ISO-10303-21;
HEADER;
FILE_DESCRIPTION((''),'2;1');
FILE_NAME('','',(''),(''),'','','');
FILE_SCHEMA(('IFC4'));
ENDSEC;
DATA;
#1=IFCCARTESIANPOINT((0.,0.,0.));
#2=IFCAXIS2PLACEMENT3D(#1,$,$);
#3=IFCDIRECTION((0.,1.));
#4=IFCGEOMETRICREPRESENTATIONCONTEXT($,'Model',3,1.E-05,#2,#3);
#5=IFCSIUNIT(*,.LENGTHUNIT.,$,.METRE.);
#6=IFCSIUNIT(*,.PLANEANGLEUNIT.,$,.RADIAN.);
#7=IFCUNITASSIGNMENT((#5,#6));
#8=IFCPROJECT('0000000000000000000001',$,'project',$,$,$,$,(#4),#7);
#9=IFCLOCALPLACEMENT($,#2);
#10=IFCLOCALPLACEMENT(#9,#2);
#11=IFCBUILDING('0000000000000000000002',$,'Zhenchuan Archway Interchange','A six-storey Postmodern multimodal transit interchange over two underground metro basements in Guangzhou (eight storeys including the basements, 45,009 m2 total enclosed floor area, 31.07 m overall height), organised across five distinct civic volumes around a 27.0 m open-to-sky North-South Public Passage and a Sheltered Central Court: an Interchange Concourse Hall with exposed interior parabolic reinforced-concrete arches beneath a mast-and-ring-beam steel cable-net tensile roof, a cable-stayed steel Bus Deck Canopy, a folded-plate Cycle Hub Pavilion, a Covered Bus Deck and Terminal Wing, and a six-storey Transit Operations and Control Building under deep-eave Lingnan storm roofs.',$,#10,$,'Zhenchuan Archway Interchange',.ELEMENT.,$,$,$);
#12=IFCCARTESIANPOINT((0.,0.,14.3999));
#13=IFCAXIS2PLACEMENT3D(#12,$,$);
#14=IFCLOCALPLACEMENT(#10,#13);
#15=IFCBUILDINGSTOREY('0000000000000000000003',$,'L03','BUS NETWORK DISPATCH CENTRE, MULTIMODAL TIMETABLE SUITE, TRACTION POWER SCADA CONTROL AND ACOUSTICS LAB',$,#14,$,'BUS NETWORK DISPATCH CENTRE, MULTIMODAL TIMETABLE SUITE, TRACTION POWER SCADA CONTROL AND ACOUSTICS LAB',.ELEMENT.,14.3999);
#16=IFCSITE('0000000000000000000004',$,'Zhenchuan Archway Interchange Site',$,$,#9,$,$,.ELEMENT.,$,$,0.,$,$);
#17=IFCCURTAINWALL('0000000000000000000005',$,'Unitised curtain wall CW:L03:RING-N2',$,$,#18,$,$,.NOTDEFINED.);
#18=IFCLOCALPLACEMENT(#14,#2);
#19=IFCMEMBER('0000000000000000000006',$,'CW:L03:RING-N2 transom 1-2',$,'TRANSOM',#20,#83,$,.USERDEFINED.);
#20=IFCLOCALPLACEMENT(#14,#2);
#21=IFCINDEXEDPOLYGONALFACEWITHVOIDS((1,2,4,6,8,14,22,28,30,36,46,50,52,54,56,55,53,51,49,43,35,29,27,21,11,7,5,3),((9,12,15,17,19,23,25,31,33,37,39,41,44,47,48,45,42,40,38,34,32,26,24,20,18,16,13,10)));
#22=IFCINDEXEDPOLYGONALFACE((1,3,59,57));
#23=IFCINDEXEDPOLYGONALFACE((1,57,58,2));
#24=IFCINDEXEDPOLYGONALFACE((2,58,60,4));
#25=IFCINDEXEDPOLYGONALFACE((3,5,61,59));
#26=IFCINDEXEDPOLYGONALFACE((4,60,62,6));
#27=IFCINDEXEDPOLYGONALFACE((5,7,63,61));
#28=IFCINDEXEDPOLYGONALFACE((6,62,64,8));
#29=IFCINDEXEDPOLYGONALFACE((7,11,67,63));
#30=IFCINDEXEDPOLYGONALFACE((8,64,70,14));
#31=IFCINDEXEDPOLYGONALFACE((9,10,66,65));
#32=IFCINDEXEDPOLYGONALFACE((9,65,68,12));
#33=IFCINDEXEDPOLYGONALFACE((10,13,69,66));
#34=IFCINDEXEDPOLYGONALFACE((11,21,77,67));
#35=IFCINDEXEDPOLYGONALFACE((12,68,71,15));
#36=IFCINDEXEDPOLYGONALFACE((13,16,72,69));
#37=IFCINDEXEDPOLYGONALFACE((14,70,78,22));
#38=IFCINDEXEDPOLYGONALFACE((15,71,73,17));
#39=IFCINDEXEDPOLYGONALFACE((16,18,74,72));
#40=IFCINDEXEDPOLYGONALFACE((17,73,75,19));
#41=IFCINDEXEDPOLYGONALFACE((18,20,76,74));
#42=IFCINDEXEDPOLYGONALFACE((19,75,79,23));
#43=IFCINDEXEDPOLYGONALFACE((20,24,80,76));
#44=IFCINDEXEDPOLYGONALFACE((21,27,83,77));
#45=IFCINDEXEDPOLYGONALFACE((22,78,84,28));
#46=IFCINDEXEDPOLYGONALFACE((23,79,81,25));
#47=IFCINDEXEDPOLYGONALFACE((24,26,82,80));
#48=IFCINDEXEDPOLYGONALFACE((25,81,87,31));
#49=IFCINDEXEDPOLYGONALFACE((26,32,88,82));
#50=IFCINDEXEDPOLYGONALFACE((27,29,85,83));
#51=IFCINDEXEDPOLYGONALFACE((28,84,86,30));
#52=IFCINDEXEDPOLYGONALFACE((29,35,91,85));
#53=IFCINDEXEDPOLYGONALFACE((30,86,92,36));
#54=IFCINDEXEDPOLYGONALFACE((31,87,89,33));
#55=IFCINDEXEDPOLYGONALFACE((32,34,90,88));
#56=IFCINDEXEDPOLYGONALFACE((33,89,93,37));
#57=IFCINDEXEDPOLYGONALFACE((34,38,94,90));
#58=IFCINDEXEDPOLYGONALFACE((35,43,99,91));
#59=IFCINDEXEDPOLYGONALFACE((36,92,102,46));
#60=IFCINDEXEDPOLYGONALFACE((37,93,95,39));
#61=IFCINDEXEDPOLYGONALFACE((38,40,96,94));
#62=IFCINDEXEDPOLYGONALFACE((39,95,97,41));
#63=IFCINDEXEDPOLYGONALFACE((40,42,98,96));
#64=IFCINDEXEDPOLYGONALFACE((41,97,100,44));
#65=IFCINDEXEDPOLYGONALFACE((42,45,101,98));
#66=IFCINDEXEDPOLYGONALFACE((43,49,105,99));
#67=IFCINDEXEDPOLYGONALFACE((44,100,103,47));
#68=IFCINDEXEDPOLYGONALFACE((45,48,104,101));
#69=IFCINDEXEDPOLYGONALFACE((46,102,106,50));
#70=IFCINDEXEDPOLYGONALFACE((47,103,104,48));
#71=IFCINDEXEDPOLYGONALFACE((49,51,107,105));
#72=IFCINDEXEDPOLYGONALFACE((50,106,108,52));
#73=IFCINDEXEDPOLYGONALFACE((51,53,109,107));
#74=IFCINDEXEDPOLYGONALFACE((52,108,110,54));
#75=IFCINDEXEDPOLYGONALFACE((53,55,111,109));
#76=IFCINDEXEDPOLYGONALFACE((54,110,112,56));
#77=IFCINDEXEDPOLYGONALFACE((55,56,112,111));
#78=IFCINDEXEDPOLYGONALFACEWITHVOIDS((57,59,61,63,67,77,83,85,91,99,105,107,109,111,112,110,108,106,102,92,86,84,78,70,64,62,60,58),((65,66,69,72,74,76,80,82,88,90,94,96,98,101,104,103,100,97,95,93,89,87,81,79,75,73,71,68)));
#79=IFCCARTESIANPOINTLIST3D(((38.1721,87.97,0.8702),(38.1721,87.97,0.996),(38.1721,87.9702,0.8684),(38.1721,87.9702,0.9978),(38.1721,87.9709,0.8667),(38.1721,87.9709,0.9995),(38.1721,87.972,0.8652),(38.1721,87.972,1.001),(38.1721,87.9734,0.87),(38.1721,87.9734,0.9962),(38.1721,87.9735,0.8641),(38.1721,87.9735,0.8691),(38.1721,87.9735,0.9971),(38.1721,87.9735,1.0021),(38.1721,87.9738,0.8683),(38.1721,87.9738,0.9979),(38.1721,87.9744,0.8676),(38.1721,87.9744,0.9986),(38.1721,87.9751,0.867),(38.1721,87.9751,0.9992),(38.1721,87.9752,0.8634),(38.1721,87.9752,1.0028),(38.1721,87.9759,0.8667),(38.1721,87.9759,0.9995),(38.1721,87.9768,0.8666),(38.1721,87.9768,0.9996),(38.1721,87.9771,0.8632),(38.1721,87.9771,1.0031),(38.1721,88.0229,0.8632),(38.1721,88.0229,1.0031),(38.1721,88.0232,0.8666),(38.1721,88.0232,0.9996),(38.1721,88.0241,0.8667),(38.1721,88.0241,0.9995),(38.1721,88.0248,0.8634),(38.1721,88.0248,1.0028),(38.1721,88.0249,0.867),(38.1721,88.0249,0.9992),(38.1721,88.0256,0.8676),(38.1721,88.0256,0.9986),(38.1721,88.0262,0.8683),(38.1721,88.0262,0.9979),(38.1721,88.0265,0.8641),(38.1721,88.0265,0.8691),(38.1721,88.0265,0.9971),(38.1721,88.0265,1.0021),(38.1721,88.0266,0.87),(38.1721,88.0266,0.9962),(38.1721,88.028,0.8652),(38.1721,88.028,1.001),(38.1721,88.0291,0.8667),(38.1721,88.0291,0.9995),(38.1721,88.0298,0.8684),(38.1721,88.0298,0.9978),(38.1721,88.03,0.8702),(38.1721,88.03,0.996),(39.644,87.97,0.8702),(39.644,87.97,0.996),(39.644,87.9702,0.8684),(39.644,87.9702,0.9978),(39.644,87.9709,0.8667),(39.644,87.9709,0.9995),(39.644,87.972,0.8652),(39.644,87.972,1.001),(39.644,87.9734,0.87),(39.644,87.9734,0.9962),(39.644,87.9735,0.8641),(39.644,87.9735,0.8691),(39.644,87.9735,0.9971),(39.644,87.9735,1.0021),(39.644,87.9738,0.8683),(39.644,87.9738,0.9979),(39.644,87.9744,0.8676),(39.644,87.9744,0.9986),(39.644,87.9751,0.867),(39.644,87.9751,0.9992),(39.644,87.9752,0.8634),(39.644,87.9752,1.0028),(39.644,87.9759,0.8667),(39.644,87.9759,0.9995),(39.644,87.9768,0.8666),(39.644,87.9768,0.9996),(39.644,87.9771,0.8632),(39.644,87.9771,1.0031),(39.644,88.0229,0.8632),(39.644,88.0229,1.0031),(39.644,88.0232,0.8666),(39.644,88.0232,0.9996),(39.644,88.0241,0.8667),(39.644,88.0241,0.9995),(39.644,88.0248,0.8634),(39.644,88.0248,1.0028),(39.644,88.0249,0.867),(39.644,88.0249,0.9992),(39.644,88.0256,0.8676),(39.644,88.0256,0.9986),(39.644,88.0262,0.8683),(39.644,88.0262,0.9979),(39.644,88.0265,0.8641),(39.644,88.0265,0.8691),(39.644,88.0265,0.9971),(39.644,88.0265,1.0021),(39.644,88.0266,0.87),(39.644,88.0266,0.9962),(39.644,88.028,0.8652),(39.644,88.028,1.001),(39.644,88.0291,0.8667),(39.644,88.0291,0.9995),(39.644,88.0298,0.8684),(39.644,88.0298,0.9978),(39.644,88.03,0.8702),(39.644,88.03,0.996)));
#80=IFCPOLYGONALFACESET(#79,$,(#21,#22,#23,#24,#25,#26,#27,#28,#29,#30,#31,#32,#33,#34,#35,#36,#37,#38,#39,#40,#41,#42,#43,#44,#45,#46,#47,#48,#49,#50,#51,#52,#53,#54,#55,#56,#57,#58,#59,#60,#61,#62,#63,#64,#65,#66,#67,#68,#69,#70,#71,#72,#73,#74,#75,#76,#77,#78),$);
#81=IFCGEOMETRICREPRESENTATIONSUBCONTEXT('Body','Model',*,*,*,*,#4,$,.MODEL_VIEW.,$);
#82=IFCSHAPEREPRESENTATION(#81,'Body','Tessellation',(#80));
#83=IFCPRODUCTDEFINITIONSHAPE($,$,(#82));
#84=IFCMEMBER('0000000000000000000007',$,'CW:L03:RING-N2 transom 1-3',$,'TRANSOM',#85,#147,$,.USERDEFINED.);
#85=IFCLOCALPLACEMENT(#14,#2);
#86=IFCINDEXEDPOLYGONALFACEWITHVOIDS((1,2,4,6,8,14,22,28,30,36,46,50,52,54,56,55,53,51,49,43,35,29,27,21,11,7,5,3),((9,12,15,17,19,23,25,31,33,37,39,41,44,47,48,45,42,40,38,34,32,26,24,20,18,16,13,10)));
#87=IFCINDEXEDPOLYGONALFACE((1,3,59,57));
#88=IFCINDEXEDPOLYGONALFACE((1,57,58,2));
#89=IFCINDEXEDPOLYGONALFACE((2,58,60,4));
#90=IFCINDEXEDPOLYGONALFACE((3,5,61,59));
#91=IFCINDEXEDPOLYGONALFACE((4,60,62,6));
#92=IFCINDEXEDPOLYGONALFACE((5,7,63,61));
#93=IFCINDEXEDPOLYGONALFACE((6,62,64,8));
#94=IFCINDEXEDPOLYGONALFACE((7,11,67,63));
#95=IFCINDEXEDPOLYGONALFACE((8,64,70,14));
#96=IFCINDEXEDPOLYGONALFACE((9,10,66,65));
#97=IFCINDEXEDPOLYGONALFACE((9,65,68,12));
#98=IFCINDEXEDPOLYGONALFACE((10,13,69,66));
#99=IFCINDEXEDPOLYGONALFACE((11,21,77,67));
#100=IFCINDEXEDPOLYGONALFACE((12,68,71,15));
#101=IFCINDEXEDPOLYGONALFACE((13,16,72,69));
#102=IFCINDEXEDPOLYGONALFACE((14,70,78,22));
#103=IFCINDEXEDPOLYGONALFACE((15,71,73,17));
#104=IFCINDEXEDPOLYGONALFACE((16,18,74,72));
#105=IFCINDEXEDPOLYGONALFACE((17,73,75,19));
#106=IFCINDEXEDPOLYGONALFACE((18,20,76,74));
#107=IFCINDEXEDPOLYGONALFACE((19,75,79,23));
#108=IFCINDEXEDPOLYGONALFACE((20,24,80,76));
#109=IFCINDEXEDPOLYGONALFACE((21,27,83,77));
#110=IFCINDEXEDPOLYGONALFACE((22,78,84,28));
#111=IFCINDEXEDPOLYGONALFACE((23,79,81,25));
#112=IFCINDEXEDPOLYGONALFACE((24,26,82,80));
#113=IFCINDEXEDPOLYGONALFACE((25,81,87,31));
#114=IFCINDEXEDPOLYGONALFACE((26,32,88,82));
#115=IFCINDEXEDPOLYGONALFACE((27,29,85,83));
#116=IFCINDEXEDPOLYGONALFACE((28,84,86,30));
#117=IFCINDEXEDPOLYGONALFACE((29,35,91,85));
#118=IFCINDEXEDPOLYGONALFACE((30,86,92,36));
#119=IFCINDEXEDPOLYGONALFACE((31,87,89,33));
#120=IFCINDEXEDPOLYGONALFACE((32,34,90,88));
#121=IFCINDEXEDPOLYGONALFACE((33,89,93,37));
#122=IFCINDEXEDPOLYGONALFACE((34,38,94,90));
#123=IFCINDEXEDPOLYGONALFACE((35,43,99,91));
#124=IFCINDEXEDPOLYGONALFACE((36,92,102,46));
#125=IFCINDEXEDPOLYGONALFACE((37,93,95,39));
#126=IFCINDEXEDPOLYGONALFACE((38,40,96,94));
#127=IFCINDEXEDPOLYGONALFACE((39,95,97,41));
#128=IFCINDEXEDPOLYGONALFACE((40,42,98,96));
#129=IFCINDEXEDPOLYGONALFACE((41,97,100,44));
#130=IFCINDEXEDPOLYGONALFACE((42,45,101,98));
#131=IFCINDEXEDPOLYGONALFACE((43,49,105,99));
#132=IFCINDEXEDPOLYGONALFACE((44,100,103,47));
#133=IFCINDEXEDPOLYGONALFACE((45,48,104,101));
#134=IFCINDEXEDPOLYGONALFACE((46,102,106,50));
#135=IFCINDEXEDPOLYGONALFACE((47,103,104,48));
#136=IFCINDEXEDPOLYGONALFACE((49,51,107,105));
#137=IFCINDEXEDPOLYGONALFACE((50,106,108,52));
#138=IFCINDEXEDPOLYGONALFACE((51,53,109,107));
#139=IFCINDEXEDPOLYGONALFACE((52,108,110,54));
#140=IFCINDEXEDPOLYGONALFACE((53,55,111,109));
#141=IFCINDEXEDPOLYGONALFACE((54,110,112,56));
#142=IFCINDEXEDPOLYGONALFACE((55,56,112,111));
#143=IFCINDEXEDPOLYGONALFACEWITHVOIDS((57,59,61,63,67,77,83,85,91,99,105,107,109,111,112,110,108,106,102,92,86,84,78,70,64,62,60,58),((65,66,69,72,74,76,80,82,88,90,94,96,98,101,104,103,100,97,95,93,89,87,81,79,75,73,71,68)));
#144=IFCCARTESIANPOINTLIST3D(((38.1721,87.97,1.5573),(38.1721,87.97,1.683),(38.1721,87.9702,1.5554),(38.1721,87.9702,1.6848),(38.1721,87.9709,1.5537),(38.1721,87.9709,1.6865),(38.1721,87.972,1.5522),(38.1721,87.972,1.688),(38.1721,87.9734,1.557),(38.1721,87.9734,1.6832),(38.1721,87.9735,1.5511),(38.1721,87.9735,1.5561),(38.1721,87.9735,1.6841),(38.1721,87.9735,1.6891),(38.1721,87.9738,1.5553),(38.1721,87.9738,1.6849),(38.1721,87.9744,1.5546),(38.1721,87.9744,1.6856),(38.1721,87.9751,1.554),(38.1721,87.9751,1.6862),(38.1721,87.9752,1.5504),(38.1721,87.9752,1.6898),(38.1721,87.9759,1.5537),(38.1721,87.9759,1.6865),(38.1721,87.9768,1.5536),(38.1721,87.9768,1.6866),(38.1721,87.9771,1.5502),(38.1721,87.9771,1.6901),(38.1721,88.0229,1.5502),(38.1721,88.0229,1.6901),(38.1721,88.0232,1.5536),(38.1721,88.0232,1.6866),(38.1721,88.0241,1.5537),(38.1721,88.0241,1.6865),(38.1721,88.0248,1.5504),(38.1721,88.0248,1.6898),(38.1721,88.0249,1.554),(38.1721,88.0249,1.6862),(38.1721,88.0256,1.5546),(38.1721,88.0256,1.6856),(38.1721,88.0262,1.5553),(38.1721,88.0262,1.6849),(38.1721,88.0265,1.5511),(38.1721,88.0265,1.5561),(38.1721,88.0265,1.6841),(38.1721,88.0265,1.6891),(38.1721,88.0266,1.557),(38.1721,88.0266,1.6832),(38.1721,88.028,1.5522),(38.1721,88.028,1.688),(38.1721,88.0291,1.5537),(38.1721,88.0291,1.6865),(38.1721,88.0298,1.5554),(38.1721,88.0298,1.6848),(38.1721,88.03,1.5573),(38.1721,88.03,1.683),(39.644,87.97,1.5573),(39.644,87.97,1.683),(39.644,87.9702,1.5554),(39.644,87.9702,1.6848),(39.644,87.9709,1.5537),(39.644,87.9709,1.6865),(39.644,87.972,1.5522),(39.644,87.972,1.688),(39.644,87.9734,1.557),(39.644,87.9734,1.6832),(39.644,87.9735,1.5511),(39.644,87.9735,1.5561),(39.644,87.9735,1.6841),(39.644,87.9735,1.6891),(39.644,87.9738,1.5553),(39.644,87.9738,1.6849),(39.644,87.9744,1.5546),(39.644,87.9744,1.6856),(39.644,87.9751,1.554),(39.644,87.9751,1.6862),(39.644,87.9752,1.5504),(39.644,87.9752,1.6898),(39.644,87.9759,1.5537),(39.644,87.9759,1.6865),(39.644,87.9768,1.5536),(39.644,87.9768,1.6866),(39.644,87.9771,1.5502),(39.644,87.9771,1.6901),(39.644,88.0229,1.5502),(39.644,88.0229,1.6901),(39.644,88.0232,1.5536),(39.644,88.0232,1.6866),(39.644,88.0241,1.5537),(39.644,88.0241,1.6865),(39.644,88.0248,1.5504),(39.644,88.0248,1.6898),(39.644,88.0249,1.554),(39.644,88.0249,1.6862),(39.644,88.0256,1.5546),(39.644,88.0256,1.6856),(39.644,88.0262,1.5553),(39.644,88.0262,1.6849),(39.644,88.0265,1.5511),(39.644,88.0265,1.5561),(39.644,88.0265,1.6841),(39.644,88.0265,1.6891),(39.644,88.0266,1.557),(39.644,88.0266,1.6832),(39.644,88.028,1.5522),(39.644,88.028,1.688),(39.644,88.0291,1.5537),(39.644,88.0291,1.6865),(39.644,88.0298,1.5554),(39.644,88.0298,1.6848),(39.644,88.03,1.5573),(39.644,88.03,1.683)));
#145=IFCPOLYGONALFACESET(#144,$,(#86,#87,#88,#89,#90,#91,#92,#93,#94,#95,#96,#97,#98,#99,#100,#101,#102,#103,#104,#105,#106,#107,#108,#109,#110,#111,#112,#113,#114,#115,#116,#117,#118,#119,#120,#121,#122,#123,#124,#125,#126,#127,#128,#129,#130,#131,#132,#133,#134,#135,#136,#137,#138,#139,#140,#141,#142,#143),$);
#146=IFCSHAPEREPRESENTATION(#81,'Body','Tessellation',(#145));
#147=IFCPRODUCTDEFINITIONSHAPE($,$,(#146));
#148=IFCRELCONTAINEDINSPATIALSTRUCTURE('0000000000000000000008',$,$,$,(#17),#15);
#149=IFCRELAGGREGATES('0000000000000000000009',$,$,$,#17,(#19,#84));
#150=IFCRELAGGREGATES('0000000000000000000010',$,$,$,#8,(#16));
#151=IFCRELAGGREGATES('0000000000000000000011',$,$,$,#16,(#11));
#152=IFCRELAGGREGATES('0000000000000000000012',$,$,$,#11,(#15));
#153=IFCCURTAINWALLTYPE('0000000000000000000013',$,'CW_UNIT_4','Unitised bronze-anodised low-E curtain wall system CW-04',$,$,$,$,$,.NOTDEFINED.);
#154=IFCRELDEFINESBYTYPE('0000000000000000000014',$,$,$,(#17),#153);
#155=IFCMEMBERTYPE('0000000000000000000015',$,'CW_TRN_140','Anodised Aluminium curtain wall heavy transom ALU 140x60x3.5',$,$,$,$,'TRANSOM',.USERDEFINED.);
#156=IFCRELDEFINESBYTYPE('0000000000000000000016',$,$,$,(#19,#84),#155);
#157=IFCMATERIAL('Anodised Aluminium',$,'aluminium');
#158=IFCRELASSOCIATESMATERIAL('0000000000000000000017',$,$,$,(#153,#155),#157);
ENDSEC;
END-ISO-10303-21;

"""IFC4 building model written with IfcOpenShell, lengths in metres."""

from ifc_helpers import new_model, si_unit, direction, frame, origin, origin_2d, place, context, subcontext, project, spatial, hollow_rectangle, extrude, material, material_profile, profile_set, type_object, element, aggregate, save


model = new_model("IFC4")

# Units and contexts
model_context = context("Model", 3, precision=1e-05, world=origin(), true_north=direction((0.0, 1.0)))
body_context = subcontext(model_context, "Body", "Model", "MODEL_VIEW")
ifc_project = project(units=[si_unit("LENGTHUNIT", "METRE"), si_unit("PLANEANGLEUNIT", "RADIAN")], contexts=[model_context])

# Site, building, storey
site_placement = place(None, origin())
site = spatial("IfcSite", under=ifc_project, at=site_placement, Name="Zhenchuan Archway Interchange Site", CompositionType="ELEMENT", RefElevation=0.0)
building_placement = place(site_placement, origin())
building = spatial("IfcBuilding", under=site, at=building_placement, Name="Zhenchuan Archway Interchange", Description="A six-storey Postmodern multimodal transit interchange over two underground metro basements in Guangzhou (eight storeys including the basements, 45,009 m2 total enclosed floor area, 31.07 m overall height), organised across five distinct civic volumes around a 27.0 m open-to-sky North-South Public Passage and a Sheltered Central Court: an Interchange Concourse Hall with exposed interior parabolic reinforced-concrete arches beneath a mast-and-ring-beam steel cable-net tensile roof, a cable-stayed steel Bus Deck Canopy, a folded-plate Cycle Hub Pavilion, a Covered Bus Deck and Terminal Wing, and a six-storey Transit Operations and Control Building under deep-eave Lingnan storm roofs.", LongName="Zhenchuan Archway Interchange", CompositionType="ELEMENT")
storey_placement = place(building_placement, frame((0.0, 0.0, 14.3999)))
storey = spatial("IfcBuildingStorey", under=building, at=storey_placement, Name="L03", Description="BUS NETWORK DISPATCH CENTRE, MULTIMODAL TIMETABLE SUITE, TRACTION POWER SCADA CONTROL AND ACOUSTICS LAB", LongName="BUS NETWORK DISPATCH CENTRE, MULTIMODAL TIMETABLE SUITE, TRACTION POWER SCADA CONTROL AND ACOUSTICS LAB", CompositionType="ELEMENT", Elevation=14.3999)

# Shared definitions
ifc_material_1 = material(Name="Anodised Aluminium", Category="aluminium")
curtain_wall_type = type_object("IfcCurtainWallType", Name="CW_UNIT_4", Description="Unitised bronze-anodised low-E curtain wall system CW-04", PredefinedType="NOTDEFINED", material=ifc_material_1)

# Curtain wall, members
curtain_wall_1_placement = place(storey_placement, origin())
curtain_wall_1 = element("IfcCurtainWall", 1, at=curtain_wall_1_placement, inside=storey, type_object=curtain_wall_type, Name="Unitised curtain wall CW:L03:RING-N2", PredefinedType="NOTDEFINED")
ifc_material_profile_1 = material_profile(ifc_material_1, hollow_rectangle(XDim=0.0601, YDim=0.1399, WallThickness=0.0034, InnerFilletRadius=0.0034, OuterFilletRadius=0.0071, at=origin_2d()), Name="ALU 140x60x3.5")
ifc_profile_set_1 = profile_set([ifc_material_profile_1], Name="Anodised Aluminium")
member_type_1 = type_object("IfcMemberType", Name="CW_TRN_140", Description="Anodised Aluminium curtain wall heavy transom ALU 140x60x3.5", ElementType="TRANSOM", PredefinedType="USERDEFINED", material=ifc_profile_set_1)
member_1_placement = place(storey_placement, frame((38.1721, 88.0, 0.9331), z_axis=(1.0, 0.0, 0.0), x_axis=(0.0, 1.0, 0.0)))
member_1 = element("IfcMember", 2, at=member_1_placement, type_object=member_type_1, Name="CW:L03:RING-N2 transom 1-2", ObjectType="TRANSOM", PredefinedType="USERDEFINED", context=body_context, shape_type="SweptSolid", body=[
    extrude(hollow_rectangle(XDim=0.0601, YDim=0.1399, WallThickness=0.0034, InnerFilletRadius=0.0034, OuterFilletRadius=0.0071, at=origin_2d()), origin(), (0.0, 0.0, 1.0), 1.4719),
])
member_2_placement = place(storey_placement, frame((38.1721, 88.0, 1.6201), z_axis=(1.0, 0.0, 0.0), x_axis=(0.0, 1.0, 0.0)))
member_2 = element("IfcMember", 3, at=member_2_placement, type_object=member_type_1, Name="CW:L03:RING-N2 transom 1-3", ObjectType="TRANSOM", PredefinedType="USERDEFINED", context=body_context, shape_type="SweptSolid", body=[
    extrude(hollow_rectangle(XDim=0.0601, YDim=0.1399, WallThickness=0.0034, InnerFilletRadius=0.0034, OuterFilletRadius=0.0071, at=origin_2d()), origin(), (0.0, 0.0, 1.0), 1.4719),
])

aggregate(curtain_wall_1, [member_1, member_2])

save(model, "model.ifc")
